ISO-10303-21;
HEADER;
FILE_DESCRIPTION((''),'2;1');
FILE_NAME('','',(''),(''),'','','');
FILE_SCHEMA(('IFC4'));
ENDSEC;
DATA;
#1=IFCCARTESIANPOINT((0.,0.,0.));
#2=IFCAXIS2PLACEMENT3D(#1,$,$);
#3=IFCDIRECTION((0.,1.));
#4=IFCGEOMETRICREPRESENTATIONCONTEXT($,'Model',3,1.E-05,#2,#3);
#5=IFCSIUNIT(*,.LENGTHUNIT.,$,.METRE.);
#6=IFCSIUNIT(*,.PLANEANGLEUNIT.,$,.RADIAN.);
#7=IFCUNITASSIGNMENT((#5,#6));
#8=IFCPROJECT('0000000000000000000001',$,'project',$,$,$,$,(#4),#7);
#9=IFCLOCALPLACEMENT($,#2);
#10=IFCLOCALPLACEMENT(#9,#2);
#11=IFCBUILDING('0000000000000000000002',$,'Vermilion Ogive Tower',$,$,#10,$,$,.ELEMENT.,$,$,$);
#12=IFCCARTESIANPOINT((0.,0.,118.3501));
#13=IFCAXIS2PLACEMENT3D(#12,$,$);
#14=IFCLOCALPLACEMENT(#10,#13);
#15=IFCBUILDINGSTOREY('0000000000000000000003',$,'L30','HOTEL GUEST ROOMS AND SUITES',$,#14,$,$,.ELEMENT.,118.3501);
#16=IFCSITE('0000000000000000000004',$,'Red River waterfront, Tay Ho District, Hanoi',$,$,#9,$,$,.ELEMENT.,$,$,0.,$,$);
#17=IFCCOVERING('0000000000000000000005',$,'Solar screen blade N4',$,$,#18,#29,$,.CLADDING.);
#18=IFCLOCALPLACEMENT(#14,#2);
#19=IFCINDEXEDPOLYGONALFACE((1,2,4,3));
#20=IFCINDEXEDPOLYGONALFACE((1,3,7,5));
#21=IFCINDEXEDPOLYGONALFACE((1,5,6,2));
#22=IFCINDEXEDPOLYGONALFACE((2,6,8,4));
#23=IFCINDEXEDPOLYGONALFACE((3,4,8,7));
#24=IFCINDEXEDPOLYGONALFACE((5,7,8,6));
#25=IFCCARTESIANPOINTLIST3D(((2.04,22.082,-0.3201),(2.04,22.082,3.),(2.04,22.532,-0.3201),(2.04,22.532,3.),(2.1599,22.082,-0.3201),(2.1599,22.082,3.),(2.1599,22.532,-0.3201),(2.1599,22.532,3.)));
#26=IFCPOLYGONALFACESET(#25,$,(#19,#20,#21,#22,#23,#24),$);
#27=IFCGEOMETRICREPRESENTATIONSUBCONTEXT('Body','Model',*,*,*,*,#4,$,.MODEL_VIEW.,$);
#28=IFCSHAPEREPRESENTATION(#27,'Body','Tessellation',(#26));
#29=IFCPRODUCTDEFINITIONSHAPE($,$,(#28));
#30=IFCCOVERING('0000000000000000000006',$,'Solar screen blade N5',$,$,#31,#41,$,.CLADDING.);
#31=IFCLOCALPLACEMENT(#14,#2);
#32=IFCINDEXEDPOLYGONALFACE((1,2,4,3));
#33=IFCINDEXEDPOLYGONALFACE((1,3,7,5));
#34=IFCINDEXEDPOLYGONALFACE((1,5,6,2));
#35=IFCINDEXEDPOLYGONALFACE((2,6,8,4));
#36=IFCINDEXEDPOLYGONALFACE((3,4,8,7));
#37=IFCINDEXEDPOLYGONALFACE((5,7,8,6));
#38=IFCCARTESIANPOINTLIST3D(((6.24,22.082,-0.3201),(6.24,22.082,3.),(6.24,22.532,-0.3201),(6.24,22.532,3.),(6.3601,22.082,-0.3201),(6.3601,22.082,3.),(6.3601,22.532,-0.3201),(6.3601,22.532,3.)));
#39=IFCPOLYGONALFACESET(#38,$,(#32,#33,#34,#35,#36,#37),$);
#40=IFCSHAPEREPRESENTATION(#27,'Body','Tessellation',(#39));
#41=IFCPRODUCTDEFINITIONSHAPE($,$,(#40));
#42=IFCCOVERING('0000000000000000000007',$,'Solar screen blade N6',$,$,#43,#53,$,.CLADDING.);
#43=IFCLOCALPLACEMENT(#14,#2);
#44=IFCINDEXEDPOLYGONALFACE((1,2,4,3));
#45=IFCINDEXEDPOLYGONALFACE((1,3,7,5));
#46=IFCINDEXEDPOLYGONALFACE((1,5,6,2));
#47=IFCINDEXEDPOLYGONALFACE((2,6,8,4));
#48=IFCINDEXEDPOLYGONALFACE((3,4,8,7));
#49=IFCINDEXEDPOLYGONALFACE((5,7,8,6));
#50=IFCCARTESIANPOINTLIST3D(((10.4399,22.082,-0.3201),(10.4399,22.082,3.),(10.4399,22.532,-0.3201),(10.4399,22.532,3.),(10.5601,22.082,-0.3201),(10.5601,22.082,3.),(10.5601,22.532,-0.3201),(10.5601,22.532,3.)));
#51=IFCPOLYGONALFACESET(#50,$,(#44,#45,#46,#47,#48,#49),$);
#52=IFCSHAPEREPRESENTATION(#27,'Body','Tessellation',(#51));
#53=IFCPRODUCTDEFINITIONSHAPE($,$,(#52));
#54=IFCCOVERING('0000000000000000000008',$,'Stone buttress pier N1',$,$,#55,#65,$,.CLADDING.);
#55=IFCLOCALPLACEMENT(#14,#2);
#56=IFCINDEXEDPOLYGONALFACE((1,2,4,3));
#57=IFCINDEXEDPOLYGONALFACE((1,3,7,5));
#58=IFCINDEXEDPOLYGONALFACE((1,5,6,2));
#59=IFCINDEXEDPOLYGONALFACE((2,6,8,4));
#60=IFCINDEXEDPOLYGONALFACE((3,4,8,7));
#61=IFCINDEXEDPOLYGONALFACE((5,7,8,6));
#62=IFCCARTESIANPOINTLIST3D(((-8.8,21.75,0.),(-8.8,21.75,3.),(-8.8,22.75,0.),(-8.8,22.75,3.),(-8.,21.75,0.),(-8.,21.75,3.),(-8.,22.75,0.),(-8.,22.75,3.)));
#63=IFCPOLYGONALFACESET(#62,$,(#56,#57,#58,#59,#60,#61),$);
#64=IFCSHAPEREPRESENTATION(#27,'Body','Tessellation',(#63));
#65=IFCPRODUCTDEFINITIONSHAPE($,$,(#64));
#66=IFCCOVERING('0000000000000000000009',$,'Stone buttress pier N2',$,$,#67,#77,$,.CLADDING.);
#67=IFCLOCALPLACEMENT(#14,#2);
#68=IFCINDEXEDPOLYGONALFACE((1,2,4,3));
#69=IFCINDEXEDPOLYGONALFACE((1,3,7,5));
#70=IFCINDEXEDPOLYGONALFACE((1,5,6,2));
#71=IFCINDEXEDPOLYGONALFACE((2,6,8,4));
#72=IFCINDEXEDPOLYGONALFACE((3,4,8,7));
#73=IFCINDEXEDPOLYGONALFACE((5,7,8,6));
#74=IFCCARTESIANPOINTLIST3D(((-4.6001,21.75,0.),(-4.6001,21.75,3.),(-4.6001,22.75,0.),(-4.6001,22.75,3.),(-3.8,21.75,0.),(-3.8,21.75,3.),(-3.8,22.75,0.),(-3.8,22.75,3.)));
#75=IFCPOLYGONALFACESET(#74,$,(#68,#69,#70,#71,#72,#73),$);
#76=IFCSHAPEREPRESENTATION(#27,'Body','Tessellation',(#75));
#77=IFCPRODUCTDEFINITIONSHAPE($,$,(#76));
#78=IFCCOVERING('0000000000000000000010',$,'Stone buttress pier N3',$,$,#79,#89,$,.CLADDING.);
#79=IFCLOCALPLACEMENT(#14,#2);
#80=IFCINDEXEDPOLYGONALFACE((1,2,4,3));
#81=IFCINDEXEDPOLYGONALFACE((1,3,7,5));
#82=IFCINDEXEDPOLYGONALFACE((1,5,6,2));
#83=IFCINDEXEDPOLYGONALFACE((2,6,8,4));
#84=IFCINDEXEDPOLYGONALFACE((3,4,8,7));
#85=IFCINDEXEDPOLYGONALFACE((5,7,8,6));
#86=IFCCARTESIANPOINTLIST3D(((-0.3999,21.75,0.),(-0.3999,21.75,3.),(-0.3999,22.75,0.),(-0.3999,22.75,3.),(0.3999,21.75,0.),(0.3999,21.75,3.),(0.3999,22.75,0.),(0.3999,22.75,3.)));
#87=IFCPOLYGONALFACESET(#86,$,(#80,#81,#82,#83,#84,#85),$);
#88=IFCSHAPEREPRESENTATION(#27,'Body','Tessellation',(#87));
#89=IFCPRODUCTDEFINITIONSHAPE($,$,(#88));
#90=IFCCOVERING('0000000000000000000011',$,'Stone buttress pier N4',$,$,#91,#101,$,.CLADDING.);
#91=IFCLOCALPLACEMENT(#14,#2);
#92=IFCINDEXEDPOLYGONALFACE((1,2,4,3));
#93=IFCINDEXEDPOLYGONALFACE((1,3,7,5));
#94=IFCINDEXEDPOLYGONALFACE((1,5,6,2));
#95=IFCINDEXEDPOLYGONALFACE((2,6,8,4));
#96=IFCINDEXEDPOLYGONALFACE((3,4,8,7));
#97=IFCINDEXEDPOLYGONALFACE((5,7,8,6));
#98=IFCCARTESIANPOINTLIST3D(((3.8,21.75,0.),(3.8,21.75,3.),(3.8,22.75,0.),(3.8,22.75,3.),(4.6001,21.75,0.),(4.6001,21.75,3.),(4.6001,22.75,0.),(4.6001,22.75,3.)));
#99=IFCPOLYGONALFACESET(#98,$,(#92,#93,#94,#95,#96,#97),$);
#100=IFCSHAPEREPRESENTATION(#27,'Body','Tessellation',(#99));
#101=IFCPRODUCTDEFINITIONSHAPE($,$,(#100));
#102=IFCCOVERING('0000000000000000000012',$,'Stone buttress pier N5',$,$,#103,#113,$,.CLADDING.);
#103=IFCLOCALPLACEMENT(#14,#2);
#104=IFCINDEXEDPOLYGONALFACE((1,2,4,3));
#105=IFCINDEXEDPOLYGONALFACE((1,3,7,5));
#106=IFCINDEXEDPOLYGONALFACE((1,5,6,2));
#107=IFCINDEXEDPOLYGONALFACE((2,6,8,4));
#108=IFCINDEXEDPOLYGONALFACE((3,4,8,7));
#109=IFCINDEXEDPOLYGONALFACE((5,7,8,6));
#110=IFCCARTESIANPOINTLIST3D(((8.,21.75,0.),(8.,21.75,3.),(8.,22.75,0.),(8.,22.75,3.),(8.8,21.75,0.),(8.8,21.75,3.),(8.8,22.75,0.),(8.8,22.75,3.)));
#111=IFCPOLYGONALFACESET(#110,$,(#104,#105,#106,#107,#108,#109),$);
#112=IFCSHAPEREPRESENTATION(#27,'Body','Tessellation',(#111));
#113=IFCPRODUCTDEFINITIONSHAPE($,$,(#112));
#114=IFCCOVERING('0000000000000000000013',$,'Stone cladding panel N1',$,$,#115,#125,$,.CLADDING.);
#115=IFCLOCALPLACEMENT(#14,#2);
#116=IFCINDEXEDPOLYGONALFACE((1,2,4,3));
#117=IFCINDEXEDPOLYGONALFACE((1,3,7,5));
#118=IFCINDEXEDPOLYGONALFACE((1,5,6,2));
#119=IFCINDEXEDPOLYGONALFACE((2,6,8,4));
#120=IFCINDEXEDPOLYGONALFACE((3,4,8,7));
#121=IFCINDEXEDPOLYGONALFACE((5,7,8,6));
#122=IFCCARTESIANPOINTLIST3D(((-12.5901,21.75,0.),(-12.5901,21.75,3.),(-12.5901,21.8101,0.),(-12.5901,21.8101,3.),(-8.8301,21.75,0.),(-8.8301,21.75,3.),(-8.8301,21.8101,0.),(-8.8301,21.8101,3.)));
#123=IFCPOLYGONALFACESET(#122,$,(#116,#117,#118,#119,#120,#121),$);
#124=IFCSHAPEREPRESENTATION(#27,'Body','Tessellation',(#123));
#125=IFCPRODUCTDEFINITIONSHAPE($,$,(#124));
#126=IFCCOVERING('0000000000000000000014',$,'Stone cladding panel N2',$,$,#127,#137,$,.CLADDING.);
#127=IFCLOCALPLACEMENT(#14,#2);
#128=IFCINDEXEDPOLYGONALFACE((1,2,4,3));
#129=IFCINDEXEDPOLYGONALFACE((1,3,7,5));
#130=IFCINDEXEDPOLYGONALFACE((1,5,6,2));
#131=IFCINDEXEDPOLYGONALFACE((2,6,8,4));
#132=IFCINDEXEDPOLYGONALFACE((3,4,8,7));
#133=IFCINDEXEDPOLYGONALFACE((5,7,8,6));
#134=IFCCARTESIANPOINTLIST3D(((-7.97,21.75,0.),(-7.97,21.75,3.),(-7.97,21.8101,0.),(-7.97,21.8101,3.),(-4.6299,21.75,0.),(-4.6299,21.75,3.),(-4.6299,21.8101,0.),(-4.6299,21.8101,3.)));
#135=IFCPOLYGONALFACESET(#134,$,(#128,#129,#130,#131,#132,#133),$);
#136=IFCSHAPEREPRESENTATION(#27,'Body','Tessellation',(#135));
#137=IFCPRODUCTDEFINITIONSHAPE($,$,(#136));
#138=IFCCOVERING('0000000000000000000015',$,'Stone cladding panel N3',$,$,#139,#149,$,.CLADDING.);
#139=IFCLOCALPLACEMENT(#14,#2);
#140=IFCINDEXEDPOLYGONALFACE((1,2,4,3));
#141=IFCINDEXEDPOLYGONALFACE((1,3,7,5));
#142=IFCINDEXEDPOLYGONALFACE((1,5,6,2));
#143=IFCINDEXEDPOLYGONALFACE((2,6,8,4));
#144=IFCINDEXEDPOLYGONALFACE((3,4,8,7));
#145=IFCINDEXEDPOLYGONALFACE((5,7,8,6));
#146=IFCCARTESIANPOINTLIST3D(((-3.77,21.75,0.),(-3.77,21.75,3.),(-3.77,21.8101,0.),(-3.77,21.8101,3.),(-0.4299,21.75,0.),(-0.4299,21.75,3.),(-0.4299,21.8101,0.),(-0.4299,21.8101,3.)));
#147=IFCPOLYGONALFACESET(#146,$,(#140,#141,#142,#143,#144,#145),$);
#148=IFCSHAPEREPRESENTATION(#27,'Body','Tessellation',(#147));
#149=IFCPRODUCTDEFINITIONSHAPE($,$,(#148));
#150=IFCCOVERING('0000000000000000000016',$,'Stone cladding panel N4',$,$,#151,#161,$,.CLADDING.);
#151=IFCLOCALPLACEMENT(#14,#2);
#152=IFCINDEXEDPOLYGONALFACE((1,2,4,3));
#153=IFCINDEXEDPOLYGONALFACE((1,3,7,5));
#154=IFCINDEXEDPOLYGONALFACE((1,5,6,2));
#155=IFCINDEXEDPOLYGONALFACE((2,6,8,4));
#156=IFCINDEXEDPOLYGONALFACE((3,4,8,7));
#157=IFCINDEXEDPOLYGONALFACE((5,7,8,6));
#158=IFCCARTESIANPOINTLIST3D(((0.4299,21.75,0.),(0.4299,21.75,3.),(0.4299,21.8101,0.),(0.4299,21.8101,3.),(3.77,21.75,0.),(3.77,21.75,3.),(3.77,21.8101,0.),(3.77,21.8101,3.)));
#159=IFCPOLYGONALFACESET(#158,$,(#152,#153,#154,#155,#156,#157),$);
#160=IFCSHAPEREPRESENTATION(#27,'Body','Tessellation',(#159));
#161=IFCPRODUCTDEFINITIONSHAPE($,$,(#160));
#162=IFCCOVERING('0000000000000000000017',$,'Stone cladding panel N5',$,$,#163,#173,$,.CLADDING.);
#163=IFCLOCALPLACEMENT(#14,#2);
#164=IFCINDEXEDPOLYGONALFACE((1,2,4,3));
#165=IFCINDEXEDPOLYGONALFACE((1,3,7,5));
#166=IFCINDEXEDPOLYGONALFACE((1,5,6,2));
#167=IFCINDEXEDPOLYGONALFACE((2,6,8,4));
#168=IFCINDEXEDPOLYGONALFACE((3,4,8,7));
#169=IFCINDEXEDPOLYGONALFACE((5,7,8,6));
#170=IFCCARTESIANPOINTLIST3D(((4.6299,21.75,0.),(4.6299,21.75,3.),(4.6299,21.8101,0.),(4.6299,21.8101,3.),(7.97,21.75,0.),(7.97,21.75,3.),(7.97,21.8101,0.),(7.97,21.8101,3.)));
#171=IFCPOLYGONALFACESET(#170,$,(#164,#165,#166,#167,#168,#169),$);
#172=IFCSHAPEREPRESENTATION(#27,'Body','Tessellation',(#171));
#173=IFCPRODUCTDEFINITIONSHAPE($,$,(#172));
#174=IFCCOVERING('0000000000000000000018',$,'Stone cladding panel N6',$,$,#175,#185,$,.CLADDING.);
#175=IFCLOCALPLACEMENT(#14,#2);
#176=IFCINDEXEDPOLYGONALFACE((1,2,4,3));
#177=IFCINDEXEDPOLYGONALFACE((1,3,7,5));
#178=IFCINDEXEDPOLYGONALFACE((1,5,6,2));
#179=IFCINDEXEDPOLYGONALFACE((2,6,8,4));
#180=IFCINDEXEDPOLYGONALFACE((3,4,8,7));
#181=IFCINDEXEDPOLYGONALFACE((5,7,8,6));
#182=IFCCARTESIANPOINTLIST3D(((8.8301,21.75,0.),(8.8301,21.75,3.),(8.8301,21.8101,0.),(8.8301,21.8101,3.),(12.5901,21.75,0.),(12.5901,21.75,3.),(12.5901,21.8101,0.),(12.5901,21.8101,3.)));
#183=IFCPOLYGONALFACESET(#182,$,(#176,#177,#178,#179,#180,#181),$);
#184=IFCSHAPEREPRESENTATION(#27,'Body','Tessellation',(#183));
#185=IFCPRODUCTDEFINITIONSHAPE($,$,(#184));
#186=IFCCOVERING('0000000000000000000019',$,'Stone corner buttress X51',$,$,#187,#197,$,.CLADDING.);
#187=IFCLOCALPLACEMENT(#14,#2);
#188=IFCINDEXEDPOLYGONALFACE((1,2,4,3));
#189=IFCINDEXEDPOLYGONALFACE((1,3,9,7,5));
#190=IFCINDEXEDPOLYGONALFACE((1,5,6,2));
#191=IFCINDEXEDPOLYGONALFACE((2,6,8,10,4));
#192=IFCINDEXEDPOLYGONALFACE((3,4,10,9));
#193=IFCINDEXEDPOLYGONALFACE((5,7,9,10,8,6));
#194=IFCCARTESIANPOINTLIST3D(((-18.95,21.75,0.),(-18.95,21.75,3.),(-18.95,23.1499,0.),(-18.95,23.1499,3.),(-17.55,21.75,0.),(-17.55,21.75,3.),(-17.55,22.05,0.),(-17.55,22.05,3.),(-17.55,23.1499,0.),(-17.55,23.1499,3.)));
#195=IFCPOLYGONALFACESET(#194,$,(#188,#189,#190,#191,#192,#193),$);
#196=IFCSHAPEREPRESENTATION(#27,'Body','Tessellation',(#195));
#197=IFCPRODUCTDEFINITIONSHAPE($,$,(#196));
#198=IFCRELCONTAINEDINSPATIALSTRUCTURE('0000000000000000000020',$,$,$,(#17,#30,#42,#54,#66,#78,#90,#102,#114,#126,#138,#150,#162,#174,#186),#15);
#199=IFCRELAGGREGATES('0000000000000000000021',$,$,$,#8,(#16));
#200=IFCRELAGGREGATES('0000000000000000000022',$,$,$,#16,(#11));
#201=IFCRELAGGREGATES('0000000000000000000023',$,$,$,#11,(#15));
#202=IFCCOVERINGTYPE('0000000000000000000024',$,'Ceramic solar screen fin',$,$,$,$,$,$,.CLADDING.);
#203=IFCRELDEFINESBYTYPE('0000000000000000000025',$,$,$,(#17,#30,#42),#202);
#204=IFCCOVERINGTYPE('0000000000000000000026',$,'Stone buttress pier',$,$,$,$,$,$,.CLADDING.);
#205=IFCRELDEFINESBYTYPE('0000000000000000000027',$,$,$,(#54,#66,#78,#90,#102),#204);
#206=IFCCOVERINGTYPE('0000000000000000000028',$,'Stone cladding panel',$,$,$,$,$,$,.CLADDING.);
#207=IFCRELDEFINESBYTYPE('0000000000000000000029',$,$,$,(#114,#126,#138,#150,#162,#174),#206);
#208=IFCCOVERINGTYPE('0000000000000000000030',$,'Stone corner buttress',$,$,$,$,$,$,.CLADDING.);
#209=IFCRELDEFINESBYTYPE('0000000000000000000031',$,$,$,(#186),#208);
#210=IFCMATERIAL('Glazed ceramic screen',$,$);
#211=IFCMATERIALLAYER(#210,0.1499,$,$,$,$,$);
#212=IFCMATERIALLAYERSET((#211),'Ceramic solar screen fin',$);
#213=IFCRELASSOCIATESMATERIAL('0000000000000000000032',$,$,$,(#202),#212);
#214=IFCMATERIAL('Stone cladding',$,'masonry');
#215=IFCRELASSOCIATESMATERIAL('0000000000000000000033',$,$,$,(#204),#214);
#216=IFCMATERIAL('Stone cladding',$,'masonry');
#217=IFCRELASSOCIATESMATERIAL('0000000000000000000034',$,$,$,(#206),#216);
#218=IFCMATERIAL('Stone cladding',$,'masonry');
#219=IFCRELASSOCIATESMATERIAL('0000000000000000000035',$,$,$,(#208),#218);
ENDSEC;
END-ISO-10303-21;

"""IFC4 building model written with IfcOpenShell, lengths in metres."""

from ifc_helpers import new_model, si_unit, direction, frame, origin, place, context, subcontext, project, spatial, polyline, outline, extrude, material, layer, layer_set, type_object, element, save


model = new_model("IFC4")

# Units and contexts
model_context = context("Model", 3, precision=1e-05, world=origin(), true_north=direction((0.0, 1.0)))
body_context = subcontext(model_context, "Body", "Model", "MODEL_VIEW")
ifc_project = project(units=[si_unit("LENGTHUNIT", "METRE"), si_unit("PLANEANGLEUNIT", "RADIAN")], contexts=[model_context])

# Site, building, storey
site_placement = place(None, origin())
site = spatial("IfcSite", under=ifc_project, at=site_placement, Name="Red River waterfront, Tay Ho District, Hanoi", CompositionType="ELEMENT", RefElevation=0.0)
building_placement = place(site_placement, origin())
building = spatial("IfcBuilding", under=site, at=building_placement, Name="Vermilion Ogive Tower", CompositionType="ELEMENT")
storey_placement = place(building_placement, frame((0.0, 0.0, 118.3501)))
storey = spatial("IfcBuildingStorey", under=building, at=storey_placement, Name="L30", Description="HOTEL GUEST ROOMS AND SUITES", CompositionType="ELEMENT", Elevation=118.3501)

# Coverings
ifc_material_1 = material(Name="Glazed ceramic screen")
ifc_layer_1 = layer(ifc_material_1, 0.1499)
ifc_layer_set_1 = layer_set([ifc_layer_1], Name="Ceramic solar screen fin")
covering_type_1 = type_object("IfcCoveringType", Name="Ceramic solar screen fin", PredefinedType="CLADDING", material=ifc_layer_set_1)
covering_1_placement = place(storey_placement, frame((0.0, 0.0, -0.3201)))
element("IfcCovering", 1, at=covering_1_placement, inside=storey, type_object=covering_type_1, Name="Solar screen blade N4", PredefinedType="CLADDING", context=body_context, shape_type="SweptSolid", body=[
    extrude(outline(polyline([(2.04, 22.082), (2.1599, 22.082), (2.1599, 22.532), (2.04, 22.532), (2.04, 22.082)])), origin(), (0.0, 0.0, 1.0), 3.3201),
])
covering_2_placement = place(storey_placement, frame((0.0, 0.0, -0.3201)))
element("IfcCovering", 2, at=covering_2_placement, inside=storey, type_object=covering_type_1, Name="Solar screen blade N5", PredefinedType="CLADDING", context=body_context, shape_type="SweptSolid", body=[
    extrude(outline(polyline([(6.24, 22.082), (6.3601, 22.082), (6.3601, 22.532), (6.24, 22.532), (6.24, 22.082)])), origin(), (0.0, 0.0, 1.0), 3.3201),
])
covering_3_placement = place(storey_placement, frame((0.0, 0.0, -0.3201)))
element("IfcCovering", 3, at=covering_3_placement, inside=storey, type_object=covering_type_1, Name="Solar screen blade N6", PredefinedType="CLADDING", context=body_context, shape_type="SweptSolid", body=[
    extrude(outline(polyline([(10.4399, 22.082), (10.5601, 22.082), (10.5601, 22.532), (10.4399, 22.532), (10.4399, 22.082)])), origin(), (0.0, 0.0, 1.0), 3.3201),
])
ifc_material_2 = material(Name="Stone cladding", Category="masonry")
covering_type_2 = type_object("IfcCoveringType", Name="Stone buttress pier", PredefinedType="CLADDING", material=ifc_material_2)
covering_4_placement = place(storey_placement, origin())
element("IfcCovering", 4, at=covering_4_placement, inside=storey, type_object=covering_type_2, Name="Stone buttress pier N1", PredefinedType="CLADDING", context=body_context, shape_type="SweptSolid", body=[
    extrude(outline(polyline([(-8.8, 21.75), (-8.0, 21.75), (-8.0, 22.75), (-8.8, 22.75), (-8.8, 21.75)])), origin(), (0.0, 0.0, 1.0), 3.0),
])
covering_5_placement = place(storey_placement, origin())
element("IfcCovering", 5, at=covering_5_placement, inside=storey, type_object=covering_type_2, Name="Stone buttress pier N2", PredefinedType="CLADDING", context=body_context, shape_type="SweptSolid", body=[
    extrude(outline(polyline([(-4.6001, 21.75), (-3.8, 21.75), (-3.8, 22.75), (-4.6001, 22.75), (-4.6001, 21.75)])), origin(), (0.0, 0.0, 1.0), 3.0),
])
covering_6_placement = place(storey_placement, origin())
element("IfcCovering", 6, at=covering_6_placement, inside=storey, type_object=covering_type_2, Name="Stone buttress pier N3", PredefinedType="CLADDING", context=body_context, shape_type="SweptSolid", body=[
    extrude(outline(polyline([(-0.3999, 21.75), (0.3999, 21.75), (0.3999, 22.75), (-0.3999, 22.75), (-0.3999, 21.75)])), origin(), (0.0, 0.0, 1.0), 3.0),
])
covering_7_placement = place(storey_placement, origin())
element("IfcCovering", 7, at=covering_7_placement, inside=storey, type_object=covering_type_2, Name="Stone buttress pier N4", PredefinedType="CLADDING", context=body_context, shape_type="SweptSolid", body=[
    extrude(outline(polyline([(3.8, 21.75), (4.6001, 21.75), (4.6001, 22.75), (3.8, 22.75), (3.8, 21.75)])), origin(), (0.0, 0.0, 1.0), 3.0),
])
covering_8_placement = place(storey_placement, origin())
element("IfcCovering", 8, at=covering_8_placement, inside=storey, type_object=covering_type_2, Name="Stone buttress pier N5", PredefinedType="CLADDING", context=body_context, shape_type="SweptSolid", body=[
    extrude(outline(polyline([(8.0, 21.75), (8.8, 21.75), (8.8, 22.75), (8.0, 22.75), (8.0, 21.75)])), origin(), (0.0, 0.0, 1.0), 3.0),
])
ifc_material_3 = material(Name="Stone cladding", Category="masonry")
covering_type_3 = type_object("IfcCoveringType", Name="Stone cladding panel", PredefinedType="CLADDING", material=ifc_material_3)
covering_9_placement = place(storey_placement, origin())
element("IfcCovering", 9, at=covering_9_placement, inside=storey, type_object=covering_type_3, Name="Stone cladding panel N1", PredefinedType="CLADDING", context=body_context, shape_type="SweptSolid", body=[
    extrude(outline(polyline([(-12.5901, 21.75), (-8.8301, 21.75), (-8.8301, 21.8101), (-12.5901, 21.8101), (-12.5901, 21.75)])), origin(), (0.0, 0.0, 1.0), 3.0),
])
covering_10_placement = place(storey_placement, origin())
element("IfcCovering", 10, at=covering_10_placement, inside=storey, type_object=covering_type_3, Name="Stone cladding panel N2", PredefinedType="CLADDING", context=body_context, shape_type="SweptSolid", body=[
    extrude(outline(polyline([(-7.97, 21.75), (-4.6299, 21.75), (-4.6299, 21.8101), (-7.97, 21.8101), (-7.97, 21.75)])), origin(), (0.0, 0.0, 1.0), 3.0),
])
covering_11_placement = place(storey_placement, origin())
element("IfcCovering", 11, at=covering_11_placement, inside=storey, type_object=covering_type_3, Name="Stone cladding panel N3", PredefinedType="CLADDING", context=body_context, shape_type="SweptSolid", body=[
    extrude(outline(polyline([(-3.77, 21.75), (-0.4299, 21.75), (-0.4299, 21.8101), (-3.77, 21.8101), (-3.77, 21.75)])), origin(), (0.0, 0.0, 1.0), 3.0),
])
covering_12_placement = place(storey_placement, origin())
element("IfcCovering", 12, at=covering_12_placement, inside=storey, type_object=covering_type_3, Name="Stone cladding panel N4", PredefinedType="CLADDING", context=body_context, shape_type="SweptSolid", body=[
    extrude(outline(polyline([(0.4299, 21.75), (3.77, 21.75), (3.77, 21.8101), (0.4299, 21.8101), (0.4299, 21.75)])), origin(), (0.0, 0.0, 1.0), 3.0),
])
covering_13_placement = place(storey_placement, origin())
element("IfcCovering", 13, at=covering_13_placement, inside=storey, type_object=covering_type_3, Name="Stone cladding panel N5", PredefinedType="CLADDING", context=body_context, shape_type="SweptSolid", body=[
    extrude(outline(polyline([(4.6299, 21.75), (7.97, 21.75), (7.97, 21.8101), (4.6299, 21.8101), (4.6299, 21.75)])), origin(), (0.0, 0.0, 1.0), 3.0),
])
covering_14_placement = place(storey_placement, origin())
element("IfcCovering", 14, at=covering_14_placement, inside=storey, type_object=covering_type_3, Name="Stone cladding panel N6", PredefinedType="CLADDING", context=body_context, shape_type="SweptSolid", body=[
    extrude(outline(polyline([(8.8301, 21.75), (12.5901, 21.75), (12.5901, 21.8101), (8.8301, 21.8101), (8.8301, 21.75)])), origin(), (0.0, 0.0, 1.0), 3.0),
])
ifc_material_4 = material(Name="Stone cladding", Category="masonry")
covering_type_4 = type_object("IfcCoveringType", Name="Stone corner buttress", PredefinedType="CLADDING", material=ifc_material_4)
covering_15_placement = place(storey_placement, origin())
element("IfcCovering", 15, at=covering_15_placement, inside=storey, type_object=covering_type_4, Name="Stone corner buttress X51", PredefinedType="CLADDING", context=body_context, shape_type="SweptSolid", body=[
    extrude(outline(polyline([(-18.95, 21.75), (-18.95, 23.1499), (-17.55, 23.1499), (-17.55, 22.05), (-17.55, 21.75), (-18.95, 21.75)])), origin(), (0.0, 0.0, 1.0), 3.0),
])

save(model, "model.ifc")
